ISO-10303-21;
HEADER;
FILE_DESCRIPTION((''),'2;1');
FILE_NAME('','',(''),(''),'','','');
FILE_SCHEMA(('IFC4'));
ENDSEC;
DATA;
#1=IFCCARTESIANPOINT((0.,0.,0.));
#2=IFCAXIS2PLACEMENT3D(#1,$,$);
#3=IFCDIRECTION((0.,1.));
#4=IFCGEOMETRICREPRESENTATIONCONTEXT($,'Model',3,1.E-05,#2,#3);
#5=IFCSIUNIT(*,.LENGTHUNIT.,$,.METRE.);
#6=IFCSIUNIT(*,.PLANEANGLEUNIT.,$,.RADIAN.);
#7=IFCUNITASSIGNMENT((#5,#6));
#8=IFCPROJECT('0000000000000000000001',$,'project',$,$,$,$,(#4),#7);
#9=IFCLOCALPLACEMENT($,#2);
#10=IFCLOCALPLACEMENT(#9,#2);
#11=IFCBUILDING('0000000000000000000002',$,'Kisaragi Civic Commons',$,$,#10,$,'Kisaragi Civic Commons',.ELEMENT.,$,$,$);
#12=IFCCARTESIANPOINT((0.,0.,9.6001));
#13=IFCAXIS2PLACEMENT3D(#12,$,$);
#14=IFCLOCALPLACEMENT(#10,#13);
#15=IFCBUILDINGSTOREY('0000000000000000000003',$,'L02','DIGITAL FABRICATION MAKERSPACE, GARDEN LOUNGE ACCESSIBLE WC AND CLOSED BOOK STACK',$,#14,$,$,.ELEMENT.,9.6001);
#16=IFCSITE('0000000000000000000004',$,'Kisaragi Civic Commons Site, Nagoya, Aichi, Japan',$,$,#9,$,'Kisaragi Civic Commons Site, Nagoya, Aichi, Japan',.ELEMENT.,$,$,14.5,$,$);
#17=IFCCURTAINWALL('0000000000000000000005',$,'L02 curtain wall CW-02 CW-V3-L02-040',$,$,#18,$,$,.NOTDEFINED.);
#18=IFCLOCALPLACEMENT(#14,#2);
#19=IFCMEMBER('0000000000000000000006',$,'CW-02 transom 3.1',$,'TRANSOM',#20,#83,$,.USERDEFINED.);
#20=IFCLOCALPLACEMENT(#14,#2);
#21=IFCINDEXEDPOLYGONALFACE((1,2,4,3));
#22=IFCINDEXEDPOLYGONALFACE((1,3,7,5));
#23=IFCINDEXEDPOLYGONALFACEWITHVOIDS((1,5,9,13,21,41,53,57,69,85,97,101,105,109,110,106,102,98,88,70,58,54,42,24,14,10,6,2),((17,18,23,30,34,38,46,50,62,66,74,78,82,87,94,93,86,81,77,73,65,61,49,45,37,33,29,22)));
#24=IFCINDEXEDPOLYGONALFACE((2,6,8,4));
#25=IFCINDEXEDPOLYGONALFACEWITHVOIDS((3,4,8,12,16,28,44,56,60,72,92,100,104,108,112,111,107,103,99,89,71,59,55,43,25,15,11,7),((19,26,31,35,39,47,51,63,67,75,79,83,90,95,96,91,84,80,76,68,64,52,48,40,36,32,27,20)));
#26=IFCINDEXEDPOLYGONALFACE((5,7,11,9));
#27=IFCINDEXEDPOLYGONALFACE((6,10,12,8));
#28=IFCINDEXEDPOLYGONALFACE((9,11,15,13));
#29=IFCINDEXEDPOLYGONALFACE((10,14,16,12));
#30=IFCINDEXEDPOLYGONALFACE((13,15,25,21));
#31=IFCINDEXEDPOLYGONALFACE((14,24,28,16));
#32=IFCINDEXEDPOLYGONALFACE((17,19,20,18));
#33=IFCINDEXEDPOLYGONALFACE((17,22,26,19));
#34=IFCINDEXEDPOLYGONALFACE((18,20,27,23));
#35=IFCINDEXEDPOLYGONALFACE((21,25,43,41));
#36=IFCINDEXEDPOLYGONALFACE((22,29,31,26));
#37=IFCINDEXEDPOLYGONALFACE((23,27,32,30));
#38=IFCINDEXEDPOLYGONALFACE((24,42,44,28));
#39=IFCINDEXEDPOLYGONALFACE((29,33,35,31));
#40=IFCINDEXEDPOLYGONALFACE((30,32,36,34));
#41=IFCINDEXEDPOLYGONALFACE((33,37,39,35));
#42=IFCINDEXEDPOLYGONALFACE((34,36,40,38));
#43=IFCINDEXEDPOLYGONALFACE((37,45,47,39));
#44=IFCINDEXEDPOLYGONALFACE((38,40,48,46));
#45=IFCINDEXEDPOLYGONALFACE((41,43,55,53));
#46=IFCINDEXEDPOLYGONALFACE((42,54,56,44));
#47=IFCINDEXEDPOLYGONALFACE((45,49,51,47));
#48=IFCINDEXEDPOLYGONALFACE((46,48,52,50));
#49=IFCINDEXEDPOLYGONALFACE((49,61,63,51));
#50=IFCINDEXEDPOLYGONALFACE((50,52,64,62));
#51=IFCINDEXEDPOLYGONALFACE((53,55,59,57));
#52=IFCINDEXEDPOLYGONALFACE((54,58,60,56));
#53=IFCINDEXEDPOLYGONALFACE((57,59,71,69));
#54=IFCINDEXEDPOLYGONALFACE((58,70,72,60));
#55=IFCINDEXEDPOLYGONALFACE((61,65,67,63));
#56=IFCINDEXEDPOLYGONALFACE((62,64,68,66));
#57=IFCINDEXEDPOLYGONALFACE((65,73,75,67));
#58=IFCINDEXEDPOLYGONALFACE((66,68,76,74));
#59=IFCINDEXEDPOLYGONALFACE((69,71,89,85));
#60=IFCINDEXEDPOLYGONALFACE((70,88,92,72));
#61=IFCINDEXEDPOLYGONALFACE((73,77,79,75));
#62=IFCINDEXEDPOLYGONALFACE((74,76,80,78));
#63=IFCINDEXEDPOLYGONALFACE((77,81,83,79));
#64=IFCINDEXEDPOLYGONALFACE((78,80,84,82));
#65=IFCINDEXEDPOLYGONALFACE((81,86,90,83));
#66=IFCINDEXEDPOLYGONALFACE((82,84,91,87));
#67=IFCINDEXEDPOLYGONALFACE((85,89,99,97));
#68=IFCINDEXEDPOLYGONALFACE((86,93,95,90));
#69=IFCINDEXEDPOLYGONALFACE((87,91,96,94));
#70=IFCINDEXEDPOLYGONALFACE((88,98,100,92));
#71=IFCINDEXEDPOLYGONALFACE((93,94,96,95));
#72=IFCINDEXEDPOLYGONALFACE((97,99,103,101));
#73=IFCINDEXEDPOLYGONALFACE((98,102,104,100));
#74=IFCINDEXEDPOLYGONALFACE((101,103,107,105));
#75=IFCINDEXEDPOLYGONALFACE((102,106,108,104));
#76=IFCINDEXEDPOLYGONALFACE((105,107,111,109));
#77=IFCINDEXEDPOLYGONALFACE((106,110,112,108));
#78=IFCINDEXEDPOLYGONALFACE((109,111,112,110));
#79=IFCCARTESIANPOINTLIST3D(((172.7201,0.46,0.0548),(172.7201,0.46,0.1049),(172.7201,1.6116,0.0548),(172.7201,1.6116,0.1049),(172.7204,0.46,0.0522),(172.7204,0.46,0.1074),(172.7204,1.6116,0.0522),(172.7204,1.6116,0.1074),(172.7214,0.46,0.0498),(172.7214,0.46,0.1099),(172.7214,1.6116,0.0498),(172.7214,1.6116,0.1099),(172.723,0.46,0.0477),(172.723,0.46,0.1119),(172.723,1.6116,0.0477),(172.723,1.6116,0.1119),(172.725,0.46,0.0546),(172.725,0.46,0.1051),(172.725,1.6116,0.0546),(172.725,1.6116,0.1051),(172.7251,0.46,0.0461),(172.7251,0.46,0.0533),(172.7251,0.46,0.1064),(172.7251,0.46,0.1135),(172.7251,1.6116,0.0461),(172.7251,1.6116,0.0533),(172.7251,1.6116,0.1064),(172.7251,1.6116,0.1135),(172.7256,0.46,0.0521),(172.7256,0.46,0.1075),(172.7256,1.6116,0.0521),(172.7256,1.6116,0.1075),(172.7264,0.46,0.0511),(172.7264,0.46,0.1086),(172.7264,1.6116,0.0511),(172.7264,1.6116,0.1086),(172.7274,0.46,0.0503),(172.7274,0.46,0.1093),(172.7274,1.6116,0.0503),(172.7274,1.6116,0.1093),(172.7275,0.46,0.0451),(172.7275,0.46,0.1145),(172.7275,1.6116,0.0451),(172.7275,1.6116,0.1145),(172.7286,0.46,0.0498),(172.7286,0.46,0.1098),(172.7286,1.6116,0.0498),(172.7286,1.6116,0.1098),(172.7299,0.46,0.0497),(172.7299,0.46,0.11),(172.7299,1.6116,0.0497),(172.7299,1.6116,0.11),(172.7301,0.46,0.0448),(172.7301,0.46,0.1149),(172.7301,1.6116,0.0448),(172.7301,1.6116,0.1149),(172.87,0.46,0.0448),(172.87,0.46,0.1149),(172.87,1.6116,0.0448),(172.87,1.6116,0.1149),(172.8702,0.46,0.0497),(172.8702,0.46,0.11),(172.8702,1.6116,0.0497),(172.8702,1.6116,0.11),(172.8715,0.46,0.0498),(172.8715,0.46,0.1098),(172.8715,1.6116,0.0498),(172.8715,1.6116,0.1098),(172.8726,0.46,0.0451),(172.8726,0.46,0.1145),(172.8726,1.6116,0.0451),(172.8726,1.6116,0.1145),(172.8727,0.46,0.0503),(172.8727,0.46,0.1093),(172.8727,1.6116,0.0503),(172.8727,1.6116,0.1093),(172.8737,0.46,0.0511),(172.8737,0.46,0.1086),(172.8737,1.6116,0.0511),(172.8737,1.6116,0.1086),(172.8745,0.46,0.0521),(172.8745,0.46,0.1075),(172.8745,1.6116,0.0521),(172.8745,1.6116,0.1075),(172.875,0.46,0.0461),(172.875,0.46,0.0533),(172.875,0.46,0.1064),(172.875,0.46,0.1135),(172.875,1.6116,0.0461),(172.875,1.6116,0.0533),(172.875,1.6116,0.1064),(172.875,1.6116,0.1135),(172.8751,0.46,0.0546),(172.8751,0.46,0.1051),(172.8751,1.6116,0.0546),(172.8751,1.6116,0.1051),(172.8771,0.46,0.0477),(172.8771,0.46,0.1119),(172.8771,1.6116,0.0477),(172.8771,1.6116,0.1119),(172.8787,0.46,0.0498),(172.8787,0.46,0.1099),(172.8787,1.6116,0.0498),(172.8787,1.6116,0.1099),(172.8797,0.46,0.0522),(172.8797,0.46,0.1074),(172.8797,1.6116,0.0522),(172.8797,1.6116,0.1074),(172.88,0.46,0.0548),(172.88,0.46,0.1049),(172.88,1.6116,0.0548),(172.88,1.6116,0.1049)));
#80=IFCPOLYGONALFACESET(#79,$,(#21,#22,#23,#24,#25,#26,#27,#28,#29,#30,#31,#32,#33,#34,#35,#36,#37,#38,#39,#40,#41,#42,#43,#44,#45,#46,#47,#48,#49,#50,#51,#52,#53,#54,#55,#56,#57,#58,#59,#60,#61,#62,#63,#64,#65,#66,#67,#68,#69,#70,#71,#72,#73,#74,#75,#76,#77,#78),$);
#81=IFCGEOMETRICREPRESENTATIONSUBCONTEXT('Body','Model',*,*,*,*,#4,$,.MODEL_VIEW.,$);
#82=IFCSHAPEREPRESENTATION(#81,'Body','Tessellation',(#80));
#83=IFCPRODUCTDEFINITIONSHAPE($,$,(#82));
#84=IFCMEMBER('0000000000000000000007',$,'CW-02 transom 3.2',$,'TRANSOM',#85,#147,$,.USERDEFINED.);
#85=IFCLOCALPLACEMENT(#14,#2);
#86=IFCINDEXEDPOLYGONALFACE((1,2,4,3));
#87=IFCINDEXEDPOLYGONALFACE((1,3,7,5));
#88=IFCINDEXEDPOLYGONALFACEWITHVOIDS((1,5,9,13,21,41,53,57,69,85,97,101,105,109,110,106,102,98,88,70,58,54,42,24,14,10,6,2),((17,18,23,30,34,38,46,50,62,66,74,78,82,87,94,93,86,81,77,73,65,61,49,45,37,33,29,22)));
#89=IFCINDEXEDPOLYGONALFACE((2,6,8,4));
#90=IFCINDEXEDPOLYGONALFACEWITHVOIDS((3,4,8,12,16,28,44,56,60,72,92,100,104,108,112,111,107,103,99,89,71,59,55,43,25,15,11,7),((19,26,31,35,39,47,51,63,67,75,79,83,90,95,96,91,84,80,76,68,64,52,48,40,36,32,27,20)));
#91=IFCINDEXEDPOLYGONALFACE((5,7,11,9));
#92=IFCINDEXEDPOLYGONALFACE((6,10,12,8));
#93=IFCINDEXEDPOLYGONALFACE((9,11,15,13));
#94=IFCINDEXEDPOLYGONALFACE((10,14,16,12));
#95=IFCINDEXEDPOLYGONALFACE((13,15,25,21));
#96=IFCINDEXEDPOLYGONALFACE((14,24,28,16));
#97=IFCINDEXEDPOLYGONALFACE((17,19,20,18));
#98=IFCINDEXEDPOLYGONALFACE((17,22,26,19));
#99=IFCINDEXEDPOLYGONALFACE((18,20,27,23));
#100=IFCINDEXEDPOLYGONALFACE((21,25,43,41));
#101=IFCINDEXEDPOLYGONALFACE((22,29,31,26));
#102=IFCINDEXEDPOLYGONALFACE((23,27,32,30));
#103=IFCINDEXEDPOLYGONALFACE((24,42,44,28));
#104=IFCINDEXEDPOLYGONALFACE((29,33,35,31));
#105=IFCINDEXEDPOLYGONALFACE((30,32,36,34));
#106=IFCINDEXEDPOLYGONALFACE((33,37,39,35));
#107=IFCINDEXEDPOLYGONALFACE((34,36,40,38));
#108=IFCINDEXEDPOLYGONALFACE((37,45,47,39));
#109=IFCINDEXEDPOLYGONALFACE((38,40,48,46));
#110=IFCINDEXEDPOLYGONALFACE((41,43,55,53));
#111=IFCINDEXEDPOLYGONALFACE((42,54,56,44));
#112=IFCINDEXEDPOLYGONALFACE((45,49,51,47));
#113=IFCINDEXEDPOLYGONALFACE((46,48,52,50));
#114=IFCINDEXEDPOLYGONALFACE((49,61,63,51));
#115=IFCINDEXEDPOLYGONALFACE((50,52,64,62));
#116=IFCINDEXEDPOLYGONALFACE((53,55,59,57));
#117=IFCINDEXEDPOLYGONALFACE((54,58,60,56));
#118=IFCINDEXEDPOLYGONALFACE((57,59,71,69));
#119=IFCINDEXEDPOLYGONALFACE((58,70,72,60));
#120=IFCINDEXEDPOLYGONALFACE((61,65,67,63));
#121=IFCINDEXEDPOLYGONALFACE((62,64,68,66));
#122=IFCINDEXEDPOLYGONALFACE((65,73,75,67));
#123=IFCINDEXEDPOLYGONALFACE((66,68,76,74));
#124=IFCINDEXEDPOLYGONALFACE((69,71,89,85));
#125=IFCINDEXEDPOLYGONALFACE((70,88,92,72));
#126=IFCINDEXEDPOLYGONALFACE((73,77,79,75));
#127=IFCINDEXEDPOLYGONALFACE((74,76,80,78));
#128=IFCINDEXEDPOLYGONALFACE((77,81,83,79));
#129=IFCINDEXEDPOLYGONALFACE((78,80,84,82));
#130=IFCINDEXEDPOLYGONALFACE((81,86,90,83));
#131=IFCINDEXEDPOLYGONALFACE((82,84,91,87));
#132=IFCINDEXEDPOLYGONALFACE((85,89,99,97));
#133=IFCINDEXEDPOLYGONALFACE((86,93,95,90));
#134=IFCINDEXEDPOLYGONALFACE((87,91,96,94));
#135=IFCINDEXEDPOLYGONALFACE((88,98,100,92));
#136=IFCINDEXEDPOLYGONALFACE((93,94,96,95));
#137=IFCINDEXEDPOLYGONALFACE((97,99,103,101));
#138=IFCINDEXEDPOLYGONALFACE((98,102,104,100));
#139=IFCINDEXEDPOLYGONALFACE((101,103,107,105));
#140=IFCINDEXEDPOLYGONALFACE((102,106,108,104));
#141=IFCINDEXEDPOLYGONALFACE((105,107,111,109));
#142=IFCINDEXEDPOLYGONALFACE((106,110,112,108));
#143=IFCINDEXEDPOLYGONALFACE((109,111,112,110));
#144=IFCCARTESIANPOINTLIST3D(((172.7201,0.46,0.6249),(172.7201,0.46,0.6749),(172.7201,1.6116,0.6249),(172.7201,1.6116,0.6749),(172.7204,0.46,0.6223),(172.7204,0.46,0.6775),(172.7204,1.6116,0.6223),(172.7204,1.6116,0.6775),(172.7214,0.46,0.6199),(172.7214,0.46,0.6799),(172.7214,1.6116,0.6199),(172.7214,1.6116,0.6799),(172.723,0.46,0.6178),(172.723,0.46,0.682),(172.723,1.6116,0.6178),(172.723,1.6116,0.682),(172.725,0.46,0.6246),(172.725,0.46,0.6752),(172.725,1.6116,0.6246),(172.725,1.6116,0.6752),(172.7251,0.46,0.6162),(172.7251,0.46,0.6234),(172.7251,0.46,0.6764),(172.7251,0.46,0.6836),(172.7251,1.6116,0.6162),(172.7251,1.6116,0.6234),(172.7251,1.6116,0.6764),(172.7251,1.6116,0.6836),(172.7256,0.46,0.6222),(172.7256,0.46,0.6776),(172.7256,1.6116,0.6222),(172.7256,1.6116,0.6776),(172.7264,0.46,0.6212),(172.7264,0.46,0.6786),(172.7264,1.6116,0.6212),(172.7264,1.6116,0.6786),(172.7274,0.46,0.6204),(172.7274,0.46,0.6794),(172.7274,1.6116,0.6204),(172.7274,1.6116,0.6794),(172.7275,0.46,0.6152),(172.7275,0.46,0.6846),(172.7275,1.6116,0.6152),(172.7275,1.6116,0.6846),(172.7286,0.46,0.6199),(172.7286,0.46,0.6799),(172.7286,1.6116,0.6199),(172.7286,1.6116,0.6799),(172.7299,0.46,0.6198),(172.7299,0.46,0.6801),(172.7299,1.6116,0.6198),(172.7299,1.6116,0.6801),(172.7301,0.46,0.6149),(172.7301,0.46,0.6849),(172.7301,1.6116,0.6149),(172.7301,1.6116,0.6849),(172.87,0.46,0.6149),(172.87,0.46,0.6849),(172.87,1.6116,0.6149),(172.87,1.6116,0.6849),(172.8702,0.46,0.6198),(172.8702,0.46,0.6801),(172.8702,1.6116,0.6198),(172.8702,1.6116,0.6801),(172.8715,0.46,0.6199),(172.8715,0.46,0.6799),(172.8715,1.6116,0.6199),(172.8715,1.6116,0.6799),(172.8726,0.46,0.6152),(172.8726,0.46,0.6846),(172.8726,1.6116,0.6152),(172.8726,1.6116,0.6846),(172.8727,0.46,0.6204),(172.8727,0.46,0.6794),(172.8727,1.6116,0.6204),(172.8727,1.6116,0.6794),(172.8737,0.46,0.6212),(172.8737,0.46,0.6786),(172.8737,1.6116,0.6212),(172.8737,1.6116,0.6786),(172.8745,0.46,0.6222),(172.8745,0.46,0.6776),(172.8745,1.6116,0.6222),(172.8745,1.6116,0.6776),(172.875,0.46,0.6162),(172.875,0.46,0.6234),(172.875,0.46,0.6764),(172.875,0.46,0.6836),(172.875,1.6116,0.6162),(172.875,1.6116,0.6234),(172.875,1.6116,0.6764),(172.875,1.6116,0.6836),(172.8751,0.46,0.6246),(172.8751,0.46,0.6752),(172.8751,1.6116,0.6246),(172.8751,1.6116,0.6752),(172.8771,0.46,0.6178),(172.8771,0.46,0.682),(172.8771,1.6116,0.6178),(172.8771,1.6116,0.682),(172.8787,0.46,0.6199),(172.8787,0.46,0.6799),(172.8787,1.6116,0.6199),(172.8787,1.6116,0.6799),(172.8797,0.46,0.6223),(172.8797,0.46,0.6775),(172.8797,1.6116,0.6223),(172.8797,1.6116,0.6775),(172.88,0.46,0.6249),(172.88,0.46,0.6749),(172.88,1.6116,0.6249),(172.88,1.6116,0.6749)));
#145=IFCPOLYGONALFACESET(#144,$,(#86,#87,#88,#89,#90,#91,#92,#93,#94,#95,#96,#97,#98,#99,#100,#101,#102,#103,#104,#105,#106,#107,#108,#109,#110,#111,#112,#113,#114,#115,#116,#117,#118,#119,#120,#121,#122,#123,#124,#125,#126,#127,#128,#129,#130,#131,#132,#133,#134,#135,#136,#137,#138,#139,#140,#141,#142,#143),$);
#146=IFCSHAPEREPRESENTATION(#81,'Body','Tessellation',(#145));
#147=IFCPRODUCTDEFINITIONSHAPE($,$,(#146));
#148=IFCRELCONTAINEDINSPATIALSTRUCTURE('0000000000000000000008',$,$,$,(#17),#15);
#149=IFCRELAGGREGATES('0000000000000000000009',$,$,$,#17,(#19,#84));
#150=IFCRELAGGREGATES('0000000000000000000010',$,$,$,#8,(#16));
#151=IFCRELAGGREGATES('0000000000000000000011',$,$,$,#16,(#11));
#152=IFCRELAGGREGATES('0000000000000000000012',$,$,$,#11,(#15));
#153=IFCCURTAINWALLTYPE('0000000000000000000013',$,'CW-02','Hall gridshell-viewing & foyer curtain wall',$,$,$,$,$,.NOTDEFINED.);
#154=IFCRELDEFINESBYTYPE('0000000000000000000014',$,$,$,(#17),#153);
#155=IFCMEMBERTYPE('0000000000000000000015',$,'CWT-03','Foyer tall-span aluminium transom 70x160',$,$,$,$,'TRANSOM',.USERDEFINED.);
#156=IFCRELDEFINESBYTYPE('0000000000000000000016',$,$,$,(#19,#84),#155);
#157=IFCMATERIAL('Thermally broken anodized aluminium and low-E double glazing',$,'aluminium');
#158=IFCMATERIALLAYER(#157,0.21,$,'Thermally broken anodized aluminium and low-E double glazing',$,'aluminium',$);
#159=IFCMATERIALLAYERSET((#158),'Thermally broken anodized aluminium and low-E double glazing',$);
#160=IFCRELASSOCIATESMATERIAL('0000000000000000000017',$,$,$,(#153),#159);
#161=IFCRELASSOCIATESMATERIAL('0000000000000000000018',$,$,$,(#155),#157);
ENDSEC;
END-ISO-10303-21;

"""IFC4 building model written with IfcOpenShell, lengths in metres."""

from ifc_helpers import new_model, si_unit, direction, frame, origin, origin_2d, place, context, subcontext, project, spatial, hollow_rectangle, extrude, material, layer, layer_set, material_profile, profile_set, type_object, element, aggregate, save


model = new_model("IFC4")

# Units and contexts
model_context = context("Model", 3, precision=1e-05, world=origin(), true_north=direction((0.0, 1.0)))
body_context = subcontext(model_context, "Body", "Model", "MODEL_VIEW")
ifc_project = project(units=[si_unit("LENGTHUNIT", "METRE"), si_unit("PLANEANGLEUNIT", "RADIAN")], contexts=[model_context])

# Site, building, storey
site_placement = place(None, origin())
site = spatial("IfcSite", under=ifc_project, at=site_placement, Name="Kisaragi Civic Commons Site, Nagoya, Aichi, Japan", LongName="Kisaragi Civic Commons Site, Nagoya, Aichi, Japan", CompositionType="ELEMENT", RefElevation=14.5)
building_placement = place(site_placement, origin())
building = spatial("IfcBuilding", under=site, at=building_placement, Name="Kisaragi Civic Commons", LongName="Kisaragi Civic Commons", CompositionType="ELEMENT")
storey_placement = place(building_placement, frame((0.0, 0.0, 9.6001)))
storey = spatial("IfcBuildingStorey", under=building, at=storey_placement, Name="L02", Description="DIGITAL FABRICATION MAKERSPACE, GARDEN LOUNGE ACCESSIBLE WC AND CLOSED BOOK STACK", CompositionType="ELEMENT", Elevation=9.6001)

# Shared definitions
ifc_material_1 = material(Name="Thermally broken anodized aluminium and low-E double glazing", Category="aluminium")
ifc_layer_1 = layer(ifc_material_1, 0.21, Name="Thermally broken anodized aluminium and low-E double glazing", Category="aluminium")
ifc_layer_set_1 = layer_set([ifc_layer_1], Name="Thermally broken anodized aluminium and low-E double glazing")
curtain_wall_type = type_object("IfcCurtainWallType", Name="CW-02", Description="Hall gridshell-viewing & foyer curtain wall", PredefinedType="NOTDEFINED", material=ifc_layer_set_1)

# Curtain wall
curtain_wall_1_placement = place(storey_placement, origin())
curtain_wall_1 = element("IfcCurtainWall", 1, at=curtain_wall_1_placement, inside=storey, type_object=curtain_wall_type, Name="L02 curtain wall CW-02 CW-V3-L02-040", PredefinedType="NOTDEFINED")

# Members
ifc_material_profile_1 = material_profile(ifc_material_1, hollow_rectangle(XDim=0.1599, YDim=0.0701, WallThickness=0.0049, InnerFilletRadius=0.0049, OuterFilletRadius=0.01, at=origin_2d()), Name="CWT-70x160x5", Category="aluminium")
ifc_profile_set_1 = profile_set([ifc_material_profile_1], Name="Thermally broken anodized aluminium and low-E double glazing")
member_type_1 = type_object("IfcMemberType", Name="CWT-03", Description="Foyer tall-span aluminium transom 70x160", ElementType="TRANSOM", PredefinedType="USERDEFINED", material=ifc_profile_set_1)
member_1_placement = place(storey_placement, frame((172.8, 1.6116, 0.0798), z_axis=(0.0, -1.0, 0.0), x_axis=(1.0, 0.0, 0.0)))
member_1 = element("IfcMember", 2, at=member_1_placement, type_object=member_type_1, Name="CW-02 transom 3.1", ObjectType="TRANSOM", PredefinedType="USERDEFINED", context=body_context, shape_type="SweptSolid", body=[
    extrude(hollow_rectangle(XDim=0.1599, YDim=0.0701, WallThickness=0.0049, InnerFilletRadius=0.0049, OuterFilletRadius=0.01, at=origin_2d()), origin(), (0.0, 0.0, 1.0), 1.1516),
])
member_2_placement = place(storey_placement, frame((172.8, 1.6116, 0.6499), z_axis=(0.0, -1.0, 0.0), x_axis=(1.0, 0.0, 0.0)))
member_2 = element("IfcMember", 3, at=member_2_placement, type_object=member_type_1, Name="CW-02 transom 3.2", ObjectType="TRANSOM", PredefinedType="USERDEFINED", context=body_context, shape_type="SweptSolid", body=[
    extrude(hollow_rectangle(XDim=0.1599, YDim=0.0701, WallThickness=0.0049, InnerFilletRadius=0.0049, OuterFilletRadius=0.01, at=origin_2d()), origin(), (0.0, 0.0, 1.0), 1.1516),
])

aggregate(curtain_wall_1, [member_1, member_2])

save(model, "model.ifc")
